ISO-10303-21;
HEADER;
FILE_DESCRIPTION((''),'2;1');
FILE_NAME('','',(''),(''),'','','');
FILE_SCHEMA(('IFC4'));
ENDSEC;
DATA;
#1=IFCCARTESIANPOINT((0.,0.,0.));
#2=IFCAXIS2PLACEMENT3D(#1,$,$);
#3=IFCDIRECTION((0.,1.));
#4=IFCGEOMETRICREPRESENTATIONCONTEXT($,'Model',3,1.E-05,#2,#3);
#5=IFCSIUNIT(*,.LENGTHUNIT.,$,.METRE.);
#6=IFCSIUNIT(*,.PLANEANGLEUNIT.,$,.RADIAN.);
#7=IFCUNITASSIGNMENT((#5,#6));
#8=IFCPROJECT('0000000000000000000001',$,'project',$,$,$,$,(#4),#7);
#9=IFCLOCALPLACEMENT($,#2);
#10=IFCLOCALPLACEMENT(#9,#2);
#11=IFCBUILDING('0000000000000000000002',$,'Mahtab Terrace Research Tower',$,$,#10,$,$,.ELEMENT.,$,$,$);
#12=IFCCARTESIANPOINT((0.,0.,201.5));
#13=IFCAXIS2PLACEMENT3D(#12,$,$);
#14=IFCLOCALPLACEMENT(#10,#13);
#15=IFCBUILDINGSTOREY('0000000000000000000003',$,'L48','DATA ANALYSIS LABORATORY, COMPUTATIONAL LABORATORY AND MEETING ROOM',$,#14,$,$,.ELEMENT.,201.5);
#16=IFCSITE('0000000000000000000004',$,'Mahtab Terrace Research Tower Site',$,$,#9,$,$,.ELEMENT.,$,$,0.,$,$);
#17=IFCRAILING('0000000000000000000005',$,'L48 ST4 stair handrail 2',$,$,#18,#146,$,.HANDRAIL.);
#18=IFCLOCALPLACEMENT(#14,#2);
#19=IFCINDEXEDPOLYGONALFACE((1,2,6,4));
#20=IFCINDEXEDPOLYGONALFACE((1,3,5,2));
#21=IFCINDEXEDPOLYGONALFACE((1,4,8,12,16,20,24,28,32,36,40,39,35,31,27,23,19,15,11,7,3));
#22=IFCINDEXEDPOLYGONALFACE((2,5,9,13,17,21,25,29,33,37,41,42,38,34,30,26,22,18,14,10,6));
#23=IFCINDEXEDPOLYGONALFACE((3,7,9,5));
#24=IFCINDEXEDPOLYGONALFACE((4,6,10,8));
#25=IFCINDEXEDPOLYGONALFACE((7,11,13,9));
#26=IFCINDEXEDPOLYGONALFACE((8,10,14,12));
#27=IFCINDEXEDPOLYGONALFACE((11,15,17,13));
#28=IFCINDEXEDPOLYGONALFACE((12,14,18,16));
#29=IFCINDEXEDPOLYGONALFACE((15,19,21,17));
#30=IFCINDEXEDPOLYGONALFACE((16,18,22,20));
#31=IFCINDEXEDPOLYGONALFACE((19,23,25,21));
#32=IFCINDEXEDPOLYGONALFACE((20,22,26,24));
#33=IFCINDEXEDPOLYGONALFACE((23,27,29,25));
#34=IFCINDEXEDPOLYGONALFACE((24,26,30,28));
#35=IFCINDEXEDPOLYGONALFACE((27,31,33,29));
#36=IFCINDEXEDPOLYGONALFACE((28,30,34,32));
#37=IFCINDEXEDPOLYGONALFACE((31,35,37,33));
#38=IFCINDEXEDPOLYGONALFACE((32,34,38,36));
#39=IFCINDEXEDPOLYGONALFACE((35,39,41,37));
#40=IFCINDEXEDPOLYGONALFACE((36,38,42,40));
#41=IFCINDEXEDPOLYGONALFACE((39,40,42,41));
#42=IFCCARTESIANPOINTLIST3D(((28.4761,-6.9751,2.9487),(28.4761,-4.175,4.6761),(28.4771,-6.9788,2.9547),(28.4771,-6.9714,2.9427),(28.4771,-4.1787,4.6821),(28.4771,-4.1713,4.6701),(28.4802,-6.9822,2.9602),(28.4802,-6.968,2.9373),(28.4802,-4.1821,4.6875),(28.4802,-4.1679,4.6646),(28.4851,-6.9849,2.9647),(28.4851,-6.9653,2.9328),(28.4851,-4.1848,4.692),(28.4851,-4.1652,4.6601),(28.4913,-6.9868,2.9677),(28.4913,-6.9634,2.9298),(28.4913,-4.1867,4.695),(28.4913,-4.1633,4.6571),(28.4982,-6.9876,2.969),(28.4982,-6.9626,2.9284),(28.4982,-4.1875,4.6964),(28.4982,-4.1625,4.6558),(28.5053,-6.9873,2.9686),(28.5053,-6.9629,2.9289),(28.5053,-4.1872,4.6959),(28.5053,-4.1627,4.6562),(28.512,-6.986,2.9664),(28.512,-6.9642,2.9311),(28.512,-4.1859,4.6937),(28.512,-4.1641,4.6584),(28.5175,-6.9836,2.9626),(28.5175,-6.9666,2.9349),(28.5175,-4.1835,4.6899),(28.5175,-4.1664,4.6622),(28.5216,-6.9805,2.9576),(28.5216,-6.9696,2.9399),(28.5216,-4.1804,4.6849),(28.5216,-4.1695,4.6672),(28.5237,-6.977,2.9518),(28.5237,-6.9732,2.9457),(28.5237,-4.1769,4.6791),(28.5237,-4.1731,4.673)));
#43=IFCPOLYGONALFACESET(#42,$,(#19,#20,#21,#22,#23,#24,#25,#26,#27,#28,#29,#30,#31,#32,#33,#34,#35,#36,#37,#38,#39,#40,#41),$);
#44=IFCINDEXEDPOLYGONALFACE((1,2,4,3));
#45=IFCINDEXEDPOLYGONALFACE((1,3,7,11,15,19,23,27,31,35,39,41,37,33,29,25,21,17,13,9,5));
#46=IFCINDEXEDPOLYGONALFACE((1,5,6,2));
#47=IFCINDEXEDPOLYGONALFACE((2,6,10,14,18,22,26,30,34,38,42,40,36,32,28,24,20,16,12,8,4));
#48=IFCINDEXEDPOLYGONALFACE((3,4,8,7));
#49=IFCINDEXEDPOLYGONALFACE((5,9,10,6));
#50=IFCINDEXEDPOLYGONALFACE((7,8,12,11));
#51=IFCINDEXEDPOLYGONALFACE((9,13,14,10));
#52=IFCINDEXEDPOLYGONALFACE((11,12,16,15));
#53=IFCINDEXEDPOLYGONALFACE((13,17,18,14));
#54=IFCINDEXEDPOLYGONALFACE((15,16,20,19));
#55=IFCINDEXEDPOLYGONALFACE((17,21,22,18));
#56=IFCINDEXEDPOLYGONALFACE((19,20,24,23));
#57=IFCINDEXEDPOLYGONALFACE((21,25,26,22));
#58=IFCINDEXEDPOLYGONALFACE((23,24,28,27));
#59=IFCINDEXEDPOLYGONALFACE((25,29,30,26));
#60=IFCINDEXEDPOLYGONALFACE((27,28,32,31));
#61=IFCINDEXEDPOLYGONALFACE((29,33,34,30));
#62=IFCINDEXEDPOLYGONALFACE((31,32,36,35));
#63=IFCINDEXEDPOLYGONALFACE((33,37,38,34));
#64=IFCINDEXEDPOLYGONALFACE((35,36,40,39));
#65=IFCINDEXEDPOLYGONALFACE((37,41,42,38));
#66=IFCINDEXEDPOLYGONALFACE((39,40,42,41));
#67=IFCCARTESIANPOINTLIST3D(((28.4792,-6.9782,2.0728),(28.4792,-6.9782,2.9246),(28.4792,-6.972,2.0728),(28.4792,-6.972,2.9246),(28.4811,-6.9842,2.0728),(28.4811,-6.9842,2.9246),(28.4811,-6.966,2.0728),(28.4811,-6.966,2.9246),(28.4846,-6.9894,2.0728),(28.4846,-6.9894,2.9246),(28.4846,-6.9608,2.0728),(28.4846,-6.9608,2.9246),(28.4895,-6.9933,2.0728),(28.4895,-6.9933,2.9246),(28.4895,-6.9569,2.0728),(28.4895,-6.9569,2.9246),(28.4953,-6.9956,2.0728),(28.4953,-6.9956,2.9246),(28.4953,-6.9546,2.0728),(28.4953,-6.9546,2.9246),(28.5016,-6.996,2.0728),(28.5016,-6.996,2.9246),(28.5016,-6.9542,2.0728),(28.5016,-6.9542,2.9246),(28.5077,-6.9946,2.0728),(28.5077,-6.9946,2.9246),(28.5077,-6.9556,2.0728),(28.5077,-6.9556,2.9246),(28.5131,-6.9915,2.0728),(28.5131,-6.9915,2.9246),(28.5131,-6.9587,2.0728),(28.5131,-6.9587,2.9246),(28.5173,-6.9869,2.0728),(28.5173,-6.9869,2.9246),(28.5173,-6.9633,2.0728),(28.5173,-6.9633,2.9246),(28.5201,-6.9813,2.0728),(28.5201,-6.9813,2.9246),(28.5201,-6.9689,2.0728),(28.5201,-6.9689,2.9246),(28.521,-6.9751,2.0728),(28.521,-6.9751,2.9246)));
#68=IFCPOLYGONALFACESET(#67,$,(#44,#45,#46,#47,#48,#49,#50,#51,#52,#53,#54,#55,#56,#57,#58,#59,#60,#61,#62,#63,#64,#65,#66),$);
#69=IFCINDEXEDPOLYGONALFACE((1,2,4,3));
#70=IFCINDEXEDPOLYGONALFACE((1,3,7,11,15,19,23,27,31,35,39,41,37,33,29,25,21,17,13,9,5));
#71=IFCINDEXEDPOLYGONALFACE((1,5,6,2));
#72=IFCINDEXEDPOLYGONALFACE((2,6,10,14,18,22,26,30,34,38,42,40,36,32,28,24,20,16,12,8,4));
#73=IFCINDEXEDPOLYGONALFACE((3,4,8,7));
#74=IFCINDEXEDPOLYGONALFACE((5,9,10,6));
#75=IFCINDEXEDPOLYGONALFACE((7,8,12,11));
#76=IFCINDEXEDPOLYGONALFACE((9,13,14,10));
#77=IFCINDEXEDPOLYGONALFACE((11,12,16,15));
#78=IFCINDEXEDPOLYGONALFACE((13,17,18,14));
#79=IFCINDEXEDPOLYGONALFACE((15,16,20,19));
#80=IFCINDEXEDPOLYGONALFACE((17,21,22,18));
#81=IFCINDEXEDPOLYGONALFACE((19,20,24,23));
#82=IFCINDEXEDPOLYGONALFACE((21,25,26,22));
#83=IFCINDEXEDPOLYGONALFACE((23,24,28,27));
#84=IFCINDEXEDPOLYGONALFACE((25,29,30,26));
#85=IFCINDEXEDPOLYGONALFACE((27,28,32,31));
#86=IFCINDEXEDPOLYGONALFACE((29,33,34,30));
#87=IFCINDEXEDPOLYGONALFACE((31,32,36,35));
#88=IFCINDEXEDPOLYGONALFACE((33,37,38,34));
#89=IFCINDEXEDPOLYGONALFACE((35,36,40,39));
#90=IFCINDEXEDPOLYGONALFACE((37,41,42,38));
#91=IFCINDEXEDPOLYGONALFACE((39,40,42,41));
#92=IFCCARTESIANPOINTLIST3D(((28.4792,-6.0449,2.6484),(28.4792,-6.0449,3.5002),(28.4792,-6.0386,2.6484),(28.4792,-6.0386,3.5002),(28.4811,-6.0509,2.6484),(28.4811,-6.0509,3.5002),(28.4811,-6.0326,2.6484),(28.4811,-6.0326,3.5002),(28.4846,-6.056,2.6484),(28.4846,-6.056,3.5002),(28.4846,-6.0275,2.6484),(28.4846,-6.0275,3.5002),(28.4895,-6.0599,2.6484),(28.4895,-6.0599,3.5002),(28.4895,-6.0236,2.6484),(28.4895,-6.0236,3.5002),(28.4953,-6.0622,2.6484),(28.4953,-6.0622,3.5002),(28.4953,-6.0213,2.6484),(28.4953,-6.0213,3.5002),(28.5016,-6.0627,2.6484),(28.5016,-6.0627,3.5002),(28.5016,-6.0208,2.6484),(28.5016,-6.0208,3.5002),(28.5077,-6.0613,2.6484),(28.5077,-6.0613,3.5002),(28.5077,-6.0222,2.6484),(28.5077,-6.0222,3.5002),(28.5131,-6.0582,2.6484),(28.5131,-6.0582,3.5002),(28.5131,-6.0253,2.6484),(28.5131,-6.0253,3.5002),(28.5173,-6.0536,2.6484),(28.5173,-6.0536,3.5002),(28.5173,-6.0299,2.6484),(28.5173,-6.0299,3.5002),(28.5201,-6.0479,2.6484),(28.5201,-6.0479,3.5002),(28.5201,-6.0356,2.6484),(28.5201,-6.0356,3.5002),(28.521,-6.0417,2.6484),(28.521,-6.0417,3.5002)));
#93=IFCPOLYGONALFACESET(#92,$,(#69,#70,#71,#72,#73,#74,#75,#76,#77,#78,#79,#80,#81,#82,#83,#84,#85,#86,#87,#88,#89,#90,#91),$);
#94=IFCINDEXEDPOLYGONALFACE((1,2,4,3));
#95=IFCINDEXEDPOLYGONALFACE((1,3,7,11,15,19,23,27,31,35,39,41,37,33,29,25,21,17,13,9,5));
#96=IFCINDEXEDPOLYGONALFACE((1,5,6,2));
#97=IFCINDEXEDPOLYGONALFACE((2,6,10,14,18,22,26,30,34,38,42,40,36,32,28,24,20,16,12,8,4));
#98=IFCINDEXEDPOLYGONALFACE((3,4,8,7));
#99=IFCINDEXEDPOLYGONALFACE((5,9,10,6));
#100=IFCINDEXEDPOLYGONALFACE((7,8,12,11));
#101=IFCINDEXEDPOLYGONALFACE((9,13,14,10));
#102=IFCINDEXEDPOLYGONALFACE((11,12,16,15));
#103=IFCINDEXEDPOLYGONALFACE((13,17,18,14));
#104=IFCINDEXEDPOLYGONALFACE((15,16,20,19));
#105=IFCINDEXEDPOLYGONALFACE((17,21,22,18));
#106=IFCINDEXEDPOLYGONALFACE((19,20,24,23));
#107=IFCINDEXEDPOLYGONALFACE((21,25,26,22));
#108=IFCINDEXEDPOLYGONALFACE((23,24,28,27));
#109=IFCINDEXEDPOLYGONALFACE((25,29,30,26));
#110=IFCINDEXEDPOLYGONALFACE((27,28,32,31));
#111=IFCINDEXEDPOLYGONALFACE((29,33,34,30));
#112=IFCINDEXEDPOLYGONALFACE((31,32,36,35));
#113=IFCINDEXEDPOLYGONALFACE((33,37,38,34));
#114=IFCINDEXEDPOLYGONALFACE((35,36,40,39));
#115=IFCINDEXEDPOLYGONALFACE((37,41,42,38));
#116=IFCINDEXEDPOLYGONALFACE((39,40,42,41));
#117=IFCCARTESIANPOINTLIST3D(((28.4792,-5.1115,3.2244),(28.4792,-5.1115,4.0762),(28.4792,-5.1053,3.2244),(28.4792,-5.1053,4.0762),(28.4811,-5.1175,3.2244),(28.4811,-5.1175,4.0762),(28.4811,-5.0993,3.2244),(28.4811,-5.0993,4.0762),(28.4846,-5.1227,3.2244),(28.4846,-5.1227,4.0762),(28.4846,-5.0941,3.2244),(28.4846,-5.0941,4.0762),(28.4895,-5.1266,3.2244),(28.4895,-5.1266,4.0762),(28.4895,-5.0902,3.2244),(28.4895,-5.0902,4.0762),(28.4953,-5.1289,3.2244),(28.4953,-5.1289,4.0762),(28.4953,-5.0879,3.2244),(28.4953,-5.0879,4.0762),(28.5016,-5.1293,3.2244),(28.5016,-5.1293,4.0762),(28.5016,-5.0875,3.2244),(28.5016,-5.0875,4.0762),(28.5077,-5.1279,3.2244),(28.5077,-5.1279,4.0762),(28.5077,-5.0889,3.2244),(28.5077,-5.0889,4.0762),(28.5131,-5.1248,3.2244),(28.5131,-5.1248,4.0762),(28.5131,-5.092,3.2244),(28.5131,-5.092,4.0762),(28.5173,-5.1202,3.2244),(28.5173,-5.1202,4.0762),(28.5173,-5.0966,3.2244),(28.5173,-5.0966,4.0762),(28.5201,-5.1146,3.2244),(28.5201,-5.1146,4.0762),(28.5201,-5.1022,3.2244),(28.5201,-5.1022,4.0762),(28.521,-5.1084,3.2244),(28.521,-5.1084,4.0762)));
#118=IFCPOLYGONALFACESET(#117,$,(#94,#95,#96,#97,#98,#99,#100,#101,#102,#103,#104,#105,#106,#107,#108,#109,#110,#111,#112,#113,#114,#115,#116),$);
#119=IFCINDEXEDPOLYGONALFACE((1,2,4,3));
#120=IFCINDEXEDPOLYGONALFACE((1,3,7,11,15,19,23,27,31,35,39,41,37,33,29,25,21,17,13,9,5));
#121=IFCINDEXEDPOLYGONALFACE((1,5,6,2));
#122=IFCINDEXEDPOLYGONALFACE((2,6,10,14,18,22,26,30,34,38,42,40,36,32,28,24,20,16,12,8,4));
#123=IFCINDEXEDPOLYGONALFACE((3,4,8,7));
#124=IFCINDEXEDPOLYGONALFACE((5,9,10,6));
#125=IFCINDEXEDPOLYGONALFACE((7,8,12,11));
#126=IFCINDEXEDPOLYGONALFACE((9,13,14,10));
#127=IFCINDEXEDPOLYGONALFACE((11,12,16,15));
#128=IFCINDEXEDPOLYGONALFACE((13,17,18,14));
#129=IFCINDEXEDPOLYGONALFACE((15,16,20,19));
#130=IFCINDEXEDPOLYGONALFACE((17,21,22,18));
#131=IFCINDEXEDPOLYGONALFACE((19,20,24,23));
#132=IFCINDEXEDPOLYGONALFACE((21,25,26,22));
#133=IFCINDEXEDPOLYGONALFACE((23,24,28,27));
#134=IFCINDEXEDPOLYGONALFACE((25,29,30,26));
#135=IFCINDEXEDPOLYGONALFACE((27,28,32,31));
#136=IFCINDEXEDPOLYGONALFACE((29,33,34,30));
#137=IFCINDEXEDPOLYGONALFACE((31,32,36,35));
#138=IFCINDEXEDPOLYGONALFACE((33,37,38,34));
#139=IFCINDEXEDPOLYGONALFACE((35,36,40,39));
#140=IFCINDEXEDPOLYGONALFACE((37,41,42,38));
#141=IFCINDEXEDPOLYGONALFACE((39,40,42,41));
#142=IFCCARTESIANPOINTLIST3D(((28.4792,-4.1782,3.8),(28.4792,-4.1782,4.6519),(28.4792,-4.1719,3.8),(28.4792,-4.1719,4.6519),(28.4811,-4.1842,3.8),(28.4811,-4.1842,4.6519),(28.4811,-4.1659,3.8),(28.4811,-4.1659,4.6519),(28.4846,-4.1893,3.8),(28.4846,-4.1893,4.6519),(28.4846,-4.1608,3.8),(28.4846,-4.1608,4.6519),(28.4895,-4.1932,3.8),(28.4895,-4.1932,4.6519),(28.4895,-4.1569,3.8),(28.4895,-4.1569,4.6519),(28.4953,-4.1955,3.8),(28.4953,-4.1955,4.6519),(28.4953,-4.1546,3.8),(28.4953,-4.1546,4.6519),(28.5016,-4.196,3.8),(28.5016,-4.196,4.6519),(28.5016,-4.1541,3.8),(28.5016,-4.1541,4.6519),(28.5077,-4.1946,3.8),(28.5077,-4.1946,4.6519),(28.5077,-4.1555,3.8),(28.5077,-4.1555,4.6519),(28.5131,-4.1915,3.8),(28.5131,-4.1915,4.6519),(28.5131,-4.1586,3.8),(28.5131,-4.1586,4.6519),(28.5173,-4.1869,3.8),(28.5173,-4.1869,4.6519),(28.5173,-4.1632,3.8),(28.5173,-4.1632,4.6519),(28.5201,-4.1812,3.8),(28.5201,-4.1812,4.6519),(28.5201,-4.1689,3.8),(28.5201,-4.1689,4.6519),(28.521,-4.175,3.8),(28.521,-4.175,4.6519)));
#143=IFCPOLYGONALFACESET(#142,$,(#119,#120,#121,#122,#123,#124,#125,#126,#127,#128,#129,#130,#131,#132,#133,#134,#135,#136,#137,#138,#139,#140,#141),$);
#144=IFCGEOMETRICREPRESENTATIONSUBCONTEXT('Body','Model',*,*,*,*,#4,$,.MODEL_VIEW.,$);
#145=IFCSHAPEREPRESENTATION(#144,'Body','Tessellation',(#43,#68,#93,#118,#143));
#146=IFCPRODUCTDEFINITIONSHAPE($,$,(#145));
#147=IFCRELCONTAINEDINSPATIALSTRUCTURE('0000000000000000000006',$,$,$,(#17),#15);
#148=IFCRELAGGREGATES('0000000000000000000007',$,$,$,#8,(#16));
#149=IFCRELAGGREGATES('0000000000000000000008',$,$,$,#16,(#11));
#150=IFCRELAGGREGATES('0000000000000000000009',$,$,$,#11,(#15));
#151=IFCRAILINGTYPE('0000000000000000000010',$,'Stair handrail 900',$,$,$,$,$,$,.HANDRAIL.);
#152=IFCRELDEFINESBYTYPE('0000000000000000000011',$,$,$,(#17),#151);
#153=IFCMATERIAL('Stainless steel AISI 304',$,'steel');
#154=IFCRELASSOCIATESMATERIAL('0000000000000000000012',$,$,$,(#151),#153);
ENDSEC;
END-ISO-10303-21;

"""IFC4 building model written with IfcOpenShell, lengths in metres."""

from ifc_helpers import new_model, si_unit, direction, frame, origin, origin_2d, place, context, subcontext, project, spatial, circle, extrude, material, type_object, element, save


model = new_model("IFC4")

# Units and contexts
model_context = context("Model", 3, precision=1e-05, world=origin(), true_north=direction((0.0, 1.0)))
body_context = subcontext(model_context, "Body", "Model", "MODEL_VIEW")
ifc_project = project(units=[si_unit("LENGTHUNIT", "METRE"), si_unit("PLANEANGLEUNIT", "RADIAN")], contexts=[model_context])

# Site, building, storey
site_placement = place(None, origin())
site = spatial("IfcSite", under=ifc_project, at=site_placement, Name="Mahtab Terrace Research Tower Site", CompositionType="ELEMENT", RefElevation=0.0)
building_placement = place(site_placement, origin())
building = spatial("IfcBuilding", under=site, at=building_placement, Name="Mahtab Terrace Research Tower", CompositionType="ELEMENT")
storey_placement = place(building_placement, frame((0.0, 0.0, 201.5)))
storey = spatial("IfcBuildingStorey", under=building, at=storey_placement, Name="L48", Description="DATA ANALYSIS LABORATORY, COMPUTATIONAL LABORATORY AND MEETING ROOM", CompositionType="ELEMENT", Elevation=201.5)

# Railing
ifc_material_1 = material(Name="Stainless steel AISI 304", Category="steel")
railing_type_1 = type_object("IfcRailingType", Name="Stair handrail 900", PredefinedType="HANDRAIL", material=ifc_material_1)
railing_1_placement = place(storey_placement, frame((28.5, -6.9751, 2.0728)))
element("IfcRailing", 1, at=railing_1_placement, inside=storey, type_object=railing_type_1, Name="L48 ST4 stair handrail 2", PredefinedType="HANDRAIL", context=body_context, shape_type="SweptSolid", body=[
    extrude(circle(Radius=0.0239, at=origin_2d()), frame((0.0, 0.0, 0.876), z_axis=(0.0, 0.85109, 0.52502), x_axis=(-1.0, 0.0, 0.0)), (0.0, 0.0, 1.0), 3.29),
    extrude(circle(Radius=0.021, at=origin_2d()), origin(), (0.0, 0.0, 1.0), 0.8518),
    extrude(circle(Radius=0.021, at=origin_2d()), frame((0.0, 0.9333, 0.5757)), (0.0, 0.0, 1.0), 0.8518),
    extrude(circle(Radius=0.021, at=origin_2d()), frame((0.0, 1.8667, 1.1516)), (0.0, 0.0, 1.0), 0.8518),
    extrude(circle(Radius=0.021, at=origin_2d()), frame((0.0, 2.8, 1.7273)), (0.0, 0.0, 1.0), 0.8518),
])

save(model, "model.ifc")
